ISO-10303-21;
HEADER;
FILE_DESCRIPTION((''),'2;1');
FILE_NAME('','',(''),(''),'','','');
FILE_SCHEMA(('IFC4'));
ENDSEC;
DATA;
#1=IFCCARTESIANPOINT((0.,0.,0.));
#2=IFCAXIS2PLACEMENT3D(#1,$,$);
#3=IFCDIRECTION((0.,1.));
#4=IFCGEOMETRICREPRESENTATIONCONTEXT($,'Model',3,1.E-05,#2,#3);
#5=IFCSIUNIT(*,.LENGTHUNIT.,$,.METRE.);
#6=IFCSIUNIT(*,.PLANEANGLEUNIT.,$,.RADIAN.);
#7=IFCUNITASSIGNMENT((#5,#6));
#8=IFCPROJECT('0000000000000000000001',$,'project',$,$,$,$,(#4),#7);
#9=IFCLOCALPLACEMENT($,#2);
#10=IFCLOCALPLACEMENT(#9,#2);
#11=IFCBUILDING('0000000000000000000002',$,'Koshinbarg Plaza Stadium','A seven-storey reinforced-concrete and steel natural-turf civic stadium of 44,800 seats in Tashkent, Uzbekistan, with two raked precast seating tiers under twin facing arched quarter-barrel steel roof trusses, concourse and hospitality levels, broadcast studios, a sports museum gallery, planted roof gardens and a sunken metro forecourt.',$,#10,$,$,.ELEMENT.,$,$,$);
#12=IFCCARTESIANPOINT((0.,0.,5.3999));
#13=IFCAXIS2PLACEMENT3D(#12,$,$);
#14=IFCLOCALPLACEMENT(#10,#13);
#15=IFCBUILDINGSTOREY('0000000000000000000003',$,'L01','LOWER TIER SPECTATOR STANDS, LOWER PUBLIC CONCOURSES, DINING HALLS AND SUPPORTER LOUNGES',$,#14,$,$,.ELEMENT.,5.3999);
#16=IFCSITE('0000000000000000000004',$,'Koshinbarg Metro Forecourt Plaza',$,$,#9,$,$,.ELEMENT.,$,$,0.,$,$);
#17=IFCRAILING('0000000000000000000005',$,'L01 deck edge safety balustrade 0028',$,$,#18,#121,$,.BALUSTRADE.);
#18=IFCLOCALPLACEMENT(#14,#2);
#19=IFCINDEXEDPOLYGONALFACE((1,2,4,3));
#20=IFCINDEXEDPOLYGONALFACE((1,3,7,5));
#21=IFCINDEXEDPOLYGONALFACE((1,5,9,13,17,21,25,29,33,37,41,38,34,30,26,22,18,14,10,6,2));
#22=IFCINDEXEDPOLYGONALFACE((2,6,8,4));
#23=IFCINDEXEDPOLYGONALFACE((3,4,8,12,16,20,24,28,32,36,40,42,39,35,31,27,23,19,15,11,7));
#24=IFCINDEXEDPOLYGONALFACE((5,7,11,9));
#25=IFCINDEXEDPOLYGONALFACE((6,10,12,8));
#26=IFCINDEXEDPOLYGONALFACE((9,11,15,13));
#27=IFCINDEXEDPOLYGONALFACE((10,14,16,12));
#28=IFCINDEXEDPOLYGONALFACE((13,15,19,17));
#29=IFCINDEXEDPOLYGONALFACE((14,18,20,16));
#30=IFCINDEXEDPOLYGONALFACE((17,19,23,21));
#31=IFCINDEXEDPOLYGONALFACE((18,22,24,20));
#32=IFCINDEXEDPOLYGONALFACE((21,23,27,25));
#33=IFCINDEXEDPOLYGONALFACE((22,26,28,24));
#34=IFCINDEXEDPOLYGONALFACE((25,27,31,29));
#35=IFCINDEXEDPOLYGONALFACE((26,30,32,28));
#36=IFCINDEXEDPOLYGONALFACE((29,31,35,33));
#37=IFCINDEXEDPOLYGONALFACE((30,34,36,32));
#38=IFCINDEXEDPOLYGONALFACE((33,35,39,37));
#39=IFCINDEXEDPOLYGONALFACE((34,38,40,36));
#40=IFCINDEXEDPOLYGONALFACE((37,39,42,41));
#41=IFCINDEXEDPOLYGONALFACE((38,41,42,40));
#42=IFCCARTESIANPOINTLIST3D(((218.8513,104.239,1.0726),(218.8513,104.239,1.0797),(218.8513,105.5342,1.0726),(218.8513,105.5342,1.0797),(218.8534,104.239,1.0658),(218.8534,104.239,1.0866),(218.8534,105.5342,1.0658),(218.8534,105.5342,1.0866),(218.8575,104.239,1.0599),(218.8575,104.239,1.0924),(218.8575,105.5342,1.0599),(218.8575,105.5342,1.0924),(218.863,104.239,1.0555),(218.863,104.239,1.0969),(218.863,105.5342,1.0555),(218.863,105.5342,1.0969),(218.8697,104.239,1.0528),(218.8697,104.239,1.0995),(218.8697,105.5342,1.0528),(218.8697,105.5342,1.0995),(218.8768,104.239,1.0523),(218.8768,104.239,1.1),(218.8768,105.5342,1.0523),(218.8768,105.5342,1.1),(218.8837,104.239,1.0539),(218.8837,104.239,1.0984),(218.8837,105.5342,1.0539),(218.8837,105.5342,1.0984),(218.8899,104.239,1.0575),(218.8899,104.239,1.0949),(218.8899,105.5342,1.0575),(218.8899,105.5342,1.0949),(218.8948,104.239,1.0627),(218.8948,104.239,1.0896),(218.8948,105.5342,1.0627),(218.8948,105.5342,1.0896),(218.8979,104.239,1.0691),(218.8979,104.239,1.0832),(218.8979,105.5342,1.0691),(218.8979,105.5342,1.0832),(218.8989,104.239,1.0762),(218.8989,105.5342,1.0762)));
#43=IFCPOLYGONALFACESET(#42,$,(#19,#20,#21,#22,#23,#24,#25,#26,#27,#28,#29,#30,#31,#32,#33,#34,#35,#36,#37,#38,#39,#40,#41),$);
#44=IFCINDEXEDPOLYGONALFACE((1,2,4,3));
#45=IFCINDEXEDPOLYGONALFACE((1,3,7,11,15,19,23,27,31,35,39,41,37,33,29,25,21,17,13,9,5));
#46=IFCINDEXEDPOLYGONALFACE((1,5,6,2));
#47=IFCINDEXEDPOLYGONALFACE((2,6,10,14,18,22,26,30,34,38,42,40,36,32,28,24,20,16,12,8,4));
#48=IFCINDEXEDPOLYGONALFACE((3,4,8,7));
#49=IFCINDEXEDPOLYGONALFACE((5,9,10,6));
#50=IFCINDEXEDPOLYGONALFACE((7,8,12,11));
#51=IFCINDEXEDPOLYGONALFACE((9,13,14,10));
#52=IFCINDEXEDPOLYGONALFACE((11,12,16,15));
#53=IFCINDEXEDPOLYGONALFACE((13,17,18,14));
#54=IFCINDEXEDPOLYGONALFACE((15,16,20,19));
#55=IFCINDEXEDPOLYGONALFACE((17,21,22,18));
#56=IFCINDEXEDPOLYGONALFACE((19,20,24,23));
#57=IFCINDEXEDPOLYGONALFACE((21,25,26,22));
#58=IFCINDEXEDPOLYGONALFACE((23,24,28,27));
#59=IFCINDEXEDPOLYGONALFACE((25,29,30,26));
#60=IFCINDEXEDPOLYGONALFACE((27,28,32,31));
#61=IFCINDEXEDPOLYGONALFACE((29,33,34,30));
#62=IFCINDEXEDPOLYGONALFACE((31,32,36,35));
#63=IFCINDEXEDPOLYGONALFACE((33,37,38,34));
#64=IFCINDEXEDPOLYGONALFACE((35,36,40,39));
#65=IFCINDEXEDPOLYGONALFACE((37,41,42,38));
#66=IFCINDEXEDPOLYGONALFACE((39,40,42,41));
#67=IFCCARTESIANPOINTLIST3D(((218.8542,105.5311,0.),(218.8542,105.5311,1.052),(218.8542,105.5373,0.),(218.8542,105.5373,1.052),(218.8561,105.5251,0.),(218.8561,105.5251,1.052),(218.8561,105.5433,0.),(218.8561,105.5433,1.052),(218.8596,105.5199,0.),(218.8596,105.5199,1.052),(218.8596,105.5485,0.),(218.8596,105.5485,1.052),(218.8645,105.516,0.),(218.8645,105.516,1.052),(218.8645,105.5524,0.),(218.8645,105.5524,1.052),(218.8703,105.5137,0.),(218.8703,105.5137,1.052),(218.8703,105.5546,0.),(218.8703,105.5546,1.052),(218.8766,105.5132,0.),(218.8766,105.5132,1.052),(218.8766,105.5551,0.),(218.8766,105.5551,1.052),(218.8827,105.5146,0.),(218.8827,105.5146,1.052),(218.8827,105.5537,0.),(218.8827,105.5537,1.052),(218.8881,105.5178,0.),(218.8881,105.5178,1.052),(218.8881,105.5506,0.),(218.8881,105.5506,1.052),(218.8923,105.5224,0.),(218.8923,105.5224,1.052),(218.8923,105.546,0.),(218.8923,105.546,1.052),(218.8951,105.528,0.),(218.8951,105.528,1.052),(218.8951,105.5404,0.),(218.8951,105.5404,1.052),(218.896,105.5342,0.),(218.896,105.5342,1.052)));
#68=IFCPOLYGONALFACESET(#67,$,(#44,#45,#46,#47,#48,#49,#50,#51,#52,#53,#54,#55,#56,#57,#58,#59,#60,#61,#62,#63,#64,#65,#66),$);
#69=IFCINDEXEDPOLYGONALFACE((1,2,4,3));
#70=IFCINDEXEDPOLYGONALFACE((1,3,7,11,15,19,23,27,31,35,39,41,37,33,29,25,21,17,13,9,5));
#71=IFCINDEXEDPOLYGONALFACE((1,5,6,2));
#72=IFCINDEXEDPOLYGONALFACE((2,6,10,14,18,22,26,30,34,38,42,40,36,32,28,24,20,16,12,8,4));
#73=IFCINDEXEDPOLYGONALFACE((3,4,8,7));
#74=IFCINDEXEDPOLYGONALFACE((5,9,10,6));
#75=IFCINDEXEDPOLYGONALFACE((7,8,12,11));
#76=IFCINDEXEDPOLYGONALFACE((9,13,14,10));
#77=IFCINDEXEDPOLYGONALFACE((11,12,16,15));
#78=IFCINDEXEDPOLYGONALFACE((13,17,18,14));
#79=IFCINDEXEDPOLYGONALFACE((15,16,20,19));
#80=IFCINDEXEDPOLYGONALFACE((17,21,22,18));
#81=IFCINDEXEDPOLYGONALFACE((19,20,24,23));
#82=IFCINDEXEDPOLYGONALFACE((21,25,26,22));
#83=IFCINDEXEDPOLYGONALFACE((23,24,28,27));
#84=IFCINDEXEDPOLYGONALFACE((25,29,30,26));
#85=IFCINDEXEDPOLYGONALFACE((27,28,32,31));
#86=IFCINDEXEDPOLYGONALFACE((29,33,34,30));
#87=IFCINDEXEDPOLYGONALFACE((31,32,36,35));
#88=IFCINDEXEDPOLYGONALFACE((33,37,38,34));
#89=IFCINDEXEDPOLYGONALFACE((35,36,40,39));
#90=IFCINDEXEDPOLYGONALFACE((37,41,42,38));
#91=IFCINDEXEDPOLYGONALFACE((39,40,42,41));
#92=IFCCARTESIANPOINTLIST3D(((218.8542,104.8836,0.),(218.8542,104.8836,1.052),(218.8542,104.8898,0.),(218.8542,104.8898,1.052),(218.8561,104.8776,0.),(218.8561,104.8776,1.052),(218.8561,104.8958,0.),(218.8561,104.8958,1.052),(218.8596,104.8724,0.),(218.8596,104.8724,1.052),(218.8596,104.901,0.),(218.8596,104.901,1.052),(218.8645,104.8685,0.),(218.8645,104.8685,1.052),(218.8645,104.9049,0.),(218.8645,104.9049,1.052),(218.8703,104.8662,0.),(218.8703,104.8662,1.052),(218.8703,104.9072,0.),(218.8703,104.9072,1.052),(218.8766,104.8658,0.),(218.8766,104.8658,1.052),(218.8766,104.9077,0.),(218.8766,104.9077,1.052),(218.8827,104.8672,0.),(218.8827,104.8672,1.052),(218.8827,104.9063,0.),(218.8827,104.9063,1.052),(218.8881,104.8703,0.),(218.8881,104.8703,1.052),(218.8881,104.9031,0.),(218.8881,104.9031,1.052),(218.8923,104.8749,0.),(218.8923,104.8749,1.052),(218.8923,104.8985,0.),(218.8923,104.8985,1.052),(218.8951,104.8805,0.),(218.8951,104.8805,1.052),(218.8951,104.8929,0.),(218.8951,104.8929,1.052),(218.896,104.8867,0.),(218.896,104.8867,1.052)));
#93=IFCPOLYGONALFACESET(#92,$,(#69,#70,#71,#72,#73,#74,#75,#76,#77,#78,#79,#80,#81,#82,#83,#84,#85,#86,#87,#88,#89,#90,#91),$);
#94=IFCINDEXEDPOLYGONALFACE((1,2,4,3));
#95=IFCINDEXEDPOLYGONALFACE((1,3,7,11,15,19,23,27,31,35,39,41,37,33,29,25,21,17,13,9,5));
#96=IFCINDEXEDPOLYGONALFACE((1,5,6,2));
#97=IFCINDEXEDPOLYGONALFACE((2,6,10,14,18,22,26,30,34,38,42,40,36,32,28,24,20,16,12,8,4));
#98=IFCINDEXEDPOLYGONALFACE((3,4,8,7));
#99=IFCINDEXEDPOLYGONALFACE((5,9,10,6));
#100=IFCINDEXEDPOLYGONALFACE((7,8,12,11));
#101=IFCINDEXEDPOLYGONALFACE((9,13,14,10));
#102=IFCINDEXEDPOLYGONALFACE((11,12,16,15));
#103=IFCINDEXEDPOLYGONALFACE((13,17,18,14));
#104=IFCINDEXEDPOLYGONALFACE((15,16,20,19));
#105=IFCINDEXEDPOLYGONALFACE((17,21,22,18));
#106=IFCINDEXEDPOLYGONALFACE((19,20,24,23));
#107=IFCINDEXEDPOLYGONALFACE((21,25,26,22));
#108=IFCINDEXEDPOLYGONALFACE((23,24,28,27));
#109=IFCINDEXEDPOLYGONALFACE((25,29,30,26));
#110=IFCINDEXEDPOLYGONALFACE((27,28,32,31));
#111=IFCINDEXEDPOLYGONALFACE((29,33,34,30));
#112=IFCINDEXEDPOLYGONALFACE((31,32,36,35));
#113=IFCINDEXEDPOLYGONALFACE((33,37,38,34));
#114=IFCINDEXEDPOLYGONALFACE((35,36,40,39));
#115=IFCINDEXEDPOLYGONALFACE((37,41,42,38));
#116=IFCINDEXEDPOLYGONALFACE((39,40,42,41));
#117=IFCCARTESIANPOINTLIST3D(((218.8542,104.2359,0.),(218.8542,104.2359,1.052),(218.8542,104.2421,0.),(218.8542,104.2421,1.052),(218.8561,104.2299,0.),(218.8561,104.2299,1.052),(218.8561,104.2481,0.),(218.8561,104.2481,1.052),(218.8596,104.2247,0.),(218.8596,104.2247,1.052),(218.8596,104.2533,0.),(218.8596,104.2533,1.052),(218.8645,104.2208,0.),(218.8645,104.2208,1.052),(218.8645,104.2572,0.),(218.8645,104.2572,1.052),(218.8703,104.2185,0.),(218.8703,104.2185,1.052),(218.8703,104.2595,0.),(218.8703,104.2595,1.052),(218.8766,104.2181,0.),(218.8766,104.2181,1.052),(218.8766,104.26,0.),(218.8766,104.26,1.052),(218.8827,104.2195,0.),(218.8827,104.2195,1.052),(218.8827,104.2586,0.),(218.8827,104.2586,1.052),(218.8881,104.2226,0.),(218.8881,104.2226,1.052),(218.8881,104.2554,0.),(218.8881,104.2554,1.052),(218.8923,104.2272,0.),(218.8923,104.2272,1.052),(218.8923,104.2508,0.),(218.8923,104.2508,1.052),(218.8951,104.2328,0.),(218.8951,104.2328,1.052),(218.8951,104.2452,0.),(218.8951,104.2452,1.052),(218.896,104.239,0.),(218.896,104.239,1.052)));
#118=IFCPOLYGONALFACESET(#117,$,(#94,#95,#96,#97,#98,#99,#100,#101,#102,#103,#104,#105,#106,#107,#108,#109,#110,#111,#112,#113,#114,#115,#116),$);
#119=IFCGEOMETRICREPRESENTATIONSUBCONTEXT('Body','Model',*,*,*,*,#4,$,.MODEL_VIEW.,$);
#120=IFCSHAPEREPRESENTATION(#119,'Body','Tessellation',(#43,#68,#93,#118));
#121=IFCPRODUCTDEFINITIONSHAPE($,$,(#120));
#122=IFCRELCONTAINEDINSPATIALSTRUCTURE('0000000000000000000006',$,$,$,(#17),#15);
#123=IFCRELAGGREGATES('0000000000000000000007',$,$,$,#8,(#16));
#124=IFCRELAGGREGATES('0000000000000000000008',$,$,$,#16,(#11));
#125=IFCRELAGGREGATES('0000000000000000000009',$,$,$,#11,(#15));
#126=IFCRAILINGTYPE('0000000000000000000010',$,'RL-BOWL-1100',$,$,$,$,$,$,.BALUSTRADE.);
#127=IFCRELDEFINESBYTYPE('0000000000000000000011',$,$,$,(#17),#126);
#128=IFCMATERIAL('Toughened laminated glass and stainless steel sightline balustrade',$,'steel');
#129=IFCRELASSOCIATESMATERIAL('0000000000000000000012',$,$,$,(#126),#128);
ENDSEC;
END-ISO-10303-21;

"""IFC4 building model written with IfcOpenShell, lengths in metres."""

from ifc_helpers import new_model, si_unit, direction, frame, origin, origin_2d, place, context, subcontext, project, spatial, circle, extrude, material, type_object, element, save


model = new_model("IFC4")

# Units and contexts
model_context = context("Model", 3, precision=1e-05, world=origin(), true_north=direction((0.0, 1.0)))
body_context = subcontext(model_context, "Body", "Model", "MODEL_VIEW")
ifc_project = project(units=[si_unit("LENGTHUNIT", "METRE"), si_unit("PLANEANGLEUNIT", "RADIAN")], contexts=[model_context])

# Site, building, storey
site_placement = place(None, origin())
site = spatial("IfcSite", under=ifc_project, at=site_placement, Name="Koshinbarg Metro Forecourt Plaza", CompositionType="ELEMENT", RefElevation=0.0)
building_placement = place(site_placement, origin())
building = spatial("IfcBuilding", under=site, at=building_placement, Name="Koshinbarg Plaza Stadium", Description="A seven-storey reinforced-concrete and steel natural-turf civic stadium of 44,800 seats in Tashkent, Uzbekistan, with two raked precast seating tiers under twin facing arched quarter-barrel steel roof trusses, concourse and hospitality levels, broadcast studios, a sports museum gallery, planted roof gardens and a sunken metro forecourt.", CompositionType="ELEMENT")
storey_placement = place(building_placement, frame((0.0, 0.0, 5.3999)))
storey = spatial("IfcBuildingStorey", under=building, at=storey_placement, Name="L01", Description="LOWER TIER SPECTATOR STANDS, LOWER PUBLIC CONCOURSES, DINING HALLS AND SUPPORTER LOUNGES", CompositionType="ELEMENT", Elevation=5.3999)

# Railing
ifc_material_1 = material(Name="Toughened laminated glass and stainless steel sightline balustrade", Category="steel")
railing_type = type_object("IfcRailingType", Name="RL-BOWL-1100", PredefinedType="BALUSTRADE", material=ifc_material_1)
railing_1_placement = place(storey_placement, frame((218.875, 105.5342, 0.0)))
element("IfcRailing", 1, at=railing_1_placement, inside=storey, type_object=railing_type, Name="L01 deck edge safety balustrade 0028", PredefinedType="BALUSTRADE", context=body_context, shape_type="SweptSolid", body=[
    extrude(circle(Radius=0.0239, at=origin_2d()), frame((0.0, 0.0, 1.0762), z_axis=(0.0, -1.0, 0.0), x_axis=(1.0, 0.0, 0.0)), (0.0, 0.0, 1.0), 1.2952),
    extrude(circle(Radius=0.021, at=origin_2d()), origin(), (0.0, 0.0, 1.0), 1.052),
    extrude(circle(Radius=0.021, at=origin_2d()), frame((0.0, -0.6475, 0.0)), (0.0, 0.0, 1.0), 1.052),
    extrude(circle(Radius=0.021, at=origin_2d()), frame((0.0, -1.2952, 0.0)), (0.0, 0.0, 1.0), 1.052),
])

save(model, "model.ifc")
